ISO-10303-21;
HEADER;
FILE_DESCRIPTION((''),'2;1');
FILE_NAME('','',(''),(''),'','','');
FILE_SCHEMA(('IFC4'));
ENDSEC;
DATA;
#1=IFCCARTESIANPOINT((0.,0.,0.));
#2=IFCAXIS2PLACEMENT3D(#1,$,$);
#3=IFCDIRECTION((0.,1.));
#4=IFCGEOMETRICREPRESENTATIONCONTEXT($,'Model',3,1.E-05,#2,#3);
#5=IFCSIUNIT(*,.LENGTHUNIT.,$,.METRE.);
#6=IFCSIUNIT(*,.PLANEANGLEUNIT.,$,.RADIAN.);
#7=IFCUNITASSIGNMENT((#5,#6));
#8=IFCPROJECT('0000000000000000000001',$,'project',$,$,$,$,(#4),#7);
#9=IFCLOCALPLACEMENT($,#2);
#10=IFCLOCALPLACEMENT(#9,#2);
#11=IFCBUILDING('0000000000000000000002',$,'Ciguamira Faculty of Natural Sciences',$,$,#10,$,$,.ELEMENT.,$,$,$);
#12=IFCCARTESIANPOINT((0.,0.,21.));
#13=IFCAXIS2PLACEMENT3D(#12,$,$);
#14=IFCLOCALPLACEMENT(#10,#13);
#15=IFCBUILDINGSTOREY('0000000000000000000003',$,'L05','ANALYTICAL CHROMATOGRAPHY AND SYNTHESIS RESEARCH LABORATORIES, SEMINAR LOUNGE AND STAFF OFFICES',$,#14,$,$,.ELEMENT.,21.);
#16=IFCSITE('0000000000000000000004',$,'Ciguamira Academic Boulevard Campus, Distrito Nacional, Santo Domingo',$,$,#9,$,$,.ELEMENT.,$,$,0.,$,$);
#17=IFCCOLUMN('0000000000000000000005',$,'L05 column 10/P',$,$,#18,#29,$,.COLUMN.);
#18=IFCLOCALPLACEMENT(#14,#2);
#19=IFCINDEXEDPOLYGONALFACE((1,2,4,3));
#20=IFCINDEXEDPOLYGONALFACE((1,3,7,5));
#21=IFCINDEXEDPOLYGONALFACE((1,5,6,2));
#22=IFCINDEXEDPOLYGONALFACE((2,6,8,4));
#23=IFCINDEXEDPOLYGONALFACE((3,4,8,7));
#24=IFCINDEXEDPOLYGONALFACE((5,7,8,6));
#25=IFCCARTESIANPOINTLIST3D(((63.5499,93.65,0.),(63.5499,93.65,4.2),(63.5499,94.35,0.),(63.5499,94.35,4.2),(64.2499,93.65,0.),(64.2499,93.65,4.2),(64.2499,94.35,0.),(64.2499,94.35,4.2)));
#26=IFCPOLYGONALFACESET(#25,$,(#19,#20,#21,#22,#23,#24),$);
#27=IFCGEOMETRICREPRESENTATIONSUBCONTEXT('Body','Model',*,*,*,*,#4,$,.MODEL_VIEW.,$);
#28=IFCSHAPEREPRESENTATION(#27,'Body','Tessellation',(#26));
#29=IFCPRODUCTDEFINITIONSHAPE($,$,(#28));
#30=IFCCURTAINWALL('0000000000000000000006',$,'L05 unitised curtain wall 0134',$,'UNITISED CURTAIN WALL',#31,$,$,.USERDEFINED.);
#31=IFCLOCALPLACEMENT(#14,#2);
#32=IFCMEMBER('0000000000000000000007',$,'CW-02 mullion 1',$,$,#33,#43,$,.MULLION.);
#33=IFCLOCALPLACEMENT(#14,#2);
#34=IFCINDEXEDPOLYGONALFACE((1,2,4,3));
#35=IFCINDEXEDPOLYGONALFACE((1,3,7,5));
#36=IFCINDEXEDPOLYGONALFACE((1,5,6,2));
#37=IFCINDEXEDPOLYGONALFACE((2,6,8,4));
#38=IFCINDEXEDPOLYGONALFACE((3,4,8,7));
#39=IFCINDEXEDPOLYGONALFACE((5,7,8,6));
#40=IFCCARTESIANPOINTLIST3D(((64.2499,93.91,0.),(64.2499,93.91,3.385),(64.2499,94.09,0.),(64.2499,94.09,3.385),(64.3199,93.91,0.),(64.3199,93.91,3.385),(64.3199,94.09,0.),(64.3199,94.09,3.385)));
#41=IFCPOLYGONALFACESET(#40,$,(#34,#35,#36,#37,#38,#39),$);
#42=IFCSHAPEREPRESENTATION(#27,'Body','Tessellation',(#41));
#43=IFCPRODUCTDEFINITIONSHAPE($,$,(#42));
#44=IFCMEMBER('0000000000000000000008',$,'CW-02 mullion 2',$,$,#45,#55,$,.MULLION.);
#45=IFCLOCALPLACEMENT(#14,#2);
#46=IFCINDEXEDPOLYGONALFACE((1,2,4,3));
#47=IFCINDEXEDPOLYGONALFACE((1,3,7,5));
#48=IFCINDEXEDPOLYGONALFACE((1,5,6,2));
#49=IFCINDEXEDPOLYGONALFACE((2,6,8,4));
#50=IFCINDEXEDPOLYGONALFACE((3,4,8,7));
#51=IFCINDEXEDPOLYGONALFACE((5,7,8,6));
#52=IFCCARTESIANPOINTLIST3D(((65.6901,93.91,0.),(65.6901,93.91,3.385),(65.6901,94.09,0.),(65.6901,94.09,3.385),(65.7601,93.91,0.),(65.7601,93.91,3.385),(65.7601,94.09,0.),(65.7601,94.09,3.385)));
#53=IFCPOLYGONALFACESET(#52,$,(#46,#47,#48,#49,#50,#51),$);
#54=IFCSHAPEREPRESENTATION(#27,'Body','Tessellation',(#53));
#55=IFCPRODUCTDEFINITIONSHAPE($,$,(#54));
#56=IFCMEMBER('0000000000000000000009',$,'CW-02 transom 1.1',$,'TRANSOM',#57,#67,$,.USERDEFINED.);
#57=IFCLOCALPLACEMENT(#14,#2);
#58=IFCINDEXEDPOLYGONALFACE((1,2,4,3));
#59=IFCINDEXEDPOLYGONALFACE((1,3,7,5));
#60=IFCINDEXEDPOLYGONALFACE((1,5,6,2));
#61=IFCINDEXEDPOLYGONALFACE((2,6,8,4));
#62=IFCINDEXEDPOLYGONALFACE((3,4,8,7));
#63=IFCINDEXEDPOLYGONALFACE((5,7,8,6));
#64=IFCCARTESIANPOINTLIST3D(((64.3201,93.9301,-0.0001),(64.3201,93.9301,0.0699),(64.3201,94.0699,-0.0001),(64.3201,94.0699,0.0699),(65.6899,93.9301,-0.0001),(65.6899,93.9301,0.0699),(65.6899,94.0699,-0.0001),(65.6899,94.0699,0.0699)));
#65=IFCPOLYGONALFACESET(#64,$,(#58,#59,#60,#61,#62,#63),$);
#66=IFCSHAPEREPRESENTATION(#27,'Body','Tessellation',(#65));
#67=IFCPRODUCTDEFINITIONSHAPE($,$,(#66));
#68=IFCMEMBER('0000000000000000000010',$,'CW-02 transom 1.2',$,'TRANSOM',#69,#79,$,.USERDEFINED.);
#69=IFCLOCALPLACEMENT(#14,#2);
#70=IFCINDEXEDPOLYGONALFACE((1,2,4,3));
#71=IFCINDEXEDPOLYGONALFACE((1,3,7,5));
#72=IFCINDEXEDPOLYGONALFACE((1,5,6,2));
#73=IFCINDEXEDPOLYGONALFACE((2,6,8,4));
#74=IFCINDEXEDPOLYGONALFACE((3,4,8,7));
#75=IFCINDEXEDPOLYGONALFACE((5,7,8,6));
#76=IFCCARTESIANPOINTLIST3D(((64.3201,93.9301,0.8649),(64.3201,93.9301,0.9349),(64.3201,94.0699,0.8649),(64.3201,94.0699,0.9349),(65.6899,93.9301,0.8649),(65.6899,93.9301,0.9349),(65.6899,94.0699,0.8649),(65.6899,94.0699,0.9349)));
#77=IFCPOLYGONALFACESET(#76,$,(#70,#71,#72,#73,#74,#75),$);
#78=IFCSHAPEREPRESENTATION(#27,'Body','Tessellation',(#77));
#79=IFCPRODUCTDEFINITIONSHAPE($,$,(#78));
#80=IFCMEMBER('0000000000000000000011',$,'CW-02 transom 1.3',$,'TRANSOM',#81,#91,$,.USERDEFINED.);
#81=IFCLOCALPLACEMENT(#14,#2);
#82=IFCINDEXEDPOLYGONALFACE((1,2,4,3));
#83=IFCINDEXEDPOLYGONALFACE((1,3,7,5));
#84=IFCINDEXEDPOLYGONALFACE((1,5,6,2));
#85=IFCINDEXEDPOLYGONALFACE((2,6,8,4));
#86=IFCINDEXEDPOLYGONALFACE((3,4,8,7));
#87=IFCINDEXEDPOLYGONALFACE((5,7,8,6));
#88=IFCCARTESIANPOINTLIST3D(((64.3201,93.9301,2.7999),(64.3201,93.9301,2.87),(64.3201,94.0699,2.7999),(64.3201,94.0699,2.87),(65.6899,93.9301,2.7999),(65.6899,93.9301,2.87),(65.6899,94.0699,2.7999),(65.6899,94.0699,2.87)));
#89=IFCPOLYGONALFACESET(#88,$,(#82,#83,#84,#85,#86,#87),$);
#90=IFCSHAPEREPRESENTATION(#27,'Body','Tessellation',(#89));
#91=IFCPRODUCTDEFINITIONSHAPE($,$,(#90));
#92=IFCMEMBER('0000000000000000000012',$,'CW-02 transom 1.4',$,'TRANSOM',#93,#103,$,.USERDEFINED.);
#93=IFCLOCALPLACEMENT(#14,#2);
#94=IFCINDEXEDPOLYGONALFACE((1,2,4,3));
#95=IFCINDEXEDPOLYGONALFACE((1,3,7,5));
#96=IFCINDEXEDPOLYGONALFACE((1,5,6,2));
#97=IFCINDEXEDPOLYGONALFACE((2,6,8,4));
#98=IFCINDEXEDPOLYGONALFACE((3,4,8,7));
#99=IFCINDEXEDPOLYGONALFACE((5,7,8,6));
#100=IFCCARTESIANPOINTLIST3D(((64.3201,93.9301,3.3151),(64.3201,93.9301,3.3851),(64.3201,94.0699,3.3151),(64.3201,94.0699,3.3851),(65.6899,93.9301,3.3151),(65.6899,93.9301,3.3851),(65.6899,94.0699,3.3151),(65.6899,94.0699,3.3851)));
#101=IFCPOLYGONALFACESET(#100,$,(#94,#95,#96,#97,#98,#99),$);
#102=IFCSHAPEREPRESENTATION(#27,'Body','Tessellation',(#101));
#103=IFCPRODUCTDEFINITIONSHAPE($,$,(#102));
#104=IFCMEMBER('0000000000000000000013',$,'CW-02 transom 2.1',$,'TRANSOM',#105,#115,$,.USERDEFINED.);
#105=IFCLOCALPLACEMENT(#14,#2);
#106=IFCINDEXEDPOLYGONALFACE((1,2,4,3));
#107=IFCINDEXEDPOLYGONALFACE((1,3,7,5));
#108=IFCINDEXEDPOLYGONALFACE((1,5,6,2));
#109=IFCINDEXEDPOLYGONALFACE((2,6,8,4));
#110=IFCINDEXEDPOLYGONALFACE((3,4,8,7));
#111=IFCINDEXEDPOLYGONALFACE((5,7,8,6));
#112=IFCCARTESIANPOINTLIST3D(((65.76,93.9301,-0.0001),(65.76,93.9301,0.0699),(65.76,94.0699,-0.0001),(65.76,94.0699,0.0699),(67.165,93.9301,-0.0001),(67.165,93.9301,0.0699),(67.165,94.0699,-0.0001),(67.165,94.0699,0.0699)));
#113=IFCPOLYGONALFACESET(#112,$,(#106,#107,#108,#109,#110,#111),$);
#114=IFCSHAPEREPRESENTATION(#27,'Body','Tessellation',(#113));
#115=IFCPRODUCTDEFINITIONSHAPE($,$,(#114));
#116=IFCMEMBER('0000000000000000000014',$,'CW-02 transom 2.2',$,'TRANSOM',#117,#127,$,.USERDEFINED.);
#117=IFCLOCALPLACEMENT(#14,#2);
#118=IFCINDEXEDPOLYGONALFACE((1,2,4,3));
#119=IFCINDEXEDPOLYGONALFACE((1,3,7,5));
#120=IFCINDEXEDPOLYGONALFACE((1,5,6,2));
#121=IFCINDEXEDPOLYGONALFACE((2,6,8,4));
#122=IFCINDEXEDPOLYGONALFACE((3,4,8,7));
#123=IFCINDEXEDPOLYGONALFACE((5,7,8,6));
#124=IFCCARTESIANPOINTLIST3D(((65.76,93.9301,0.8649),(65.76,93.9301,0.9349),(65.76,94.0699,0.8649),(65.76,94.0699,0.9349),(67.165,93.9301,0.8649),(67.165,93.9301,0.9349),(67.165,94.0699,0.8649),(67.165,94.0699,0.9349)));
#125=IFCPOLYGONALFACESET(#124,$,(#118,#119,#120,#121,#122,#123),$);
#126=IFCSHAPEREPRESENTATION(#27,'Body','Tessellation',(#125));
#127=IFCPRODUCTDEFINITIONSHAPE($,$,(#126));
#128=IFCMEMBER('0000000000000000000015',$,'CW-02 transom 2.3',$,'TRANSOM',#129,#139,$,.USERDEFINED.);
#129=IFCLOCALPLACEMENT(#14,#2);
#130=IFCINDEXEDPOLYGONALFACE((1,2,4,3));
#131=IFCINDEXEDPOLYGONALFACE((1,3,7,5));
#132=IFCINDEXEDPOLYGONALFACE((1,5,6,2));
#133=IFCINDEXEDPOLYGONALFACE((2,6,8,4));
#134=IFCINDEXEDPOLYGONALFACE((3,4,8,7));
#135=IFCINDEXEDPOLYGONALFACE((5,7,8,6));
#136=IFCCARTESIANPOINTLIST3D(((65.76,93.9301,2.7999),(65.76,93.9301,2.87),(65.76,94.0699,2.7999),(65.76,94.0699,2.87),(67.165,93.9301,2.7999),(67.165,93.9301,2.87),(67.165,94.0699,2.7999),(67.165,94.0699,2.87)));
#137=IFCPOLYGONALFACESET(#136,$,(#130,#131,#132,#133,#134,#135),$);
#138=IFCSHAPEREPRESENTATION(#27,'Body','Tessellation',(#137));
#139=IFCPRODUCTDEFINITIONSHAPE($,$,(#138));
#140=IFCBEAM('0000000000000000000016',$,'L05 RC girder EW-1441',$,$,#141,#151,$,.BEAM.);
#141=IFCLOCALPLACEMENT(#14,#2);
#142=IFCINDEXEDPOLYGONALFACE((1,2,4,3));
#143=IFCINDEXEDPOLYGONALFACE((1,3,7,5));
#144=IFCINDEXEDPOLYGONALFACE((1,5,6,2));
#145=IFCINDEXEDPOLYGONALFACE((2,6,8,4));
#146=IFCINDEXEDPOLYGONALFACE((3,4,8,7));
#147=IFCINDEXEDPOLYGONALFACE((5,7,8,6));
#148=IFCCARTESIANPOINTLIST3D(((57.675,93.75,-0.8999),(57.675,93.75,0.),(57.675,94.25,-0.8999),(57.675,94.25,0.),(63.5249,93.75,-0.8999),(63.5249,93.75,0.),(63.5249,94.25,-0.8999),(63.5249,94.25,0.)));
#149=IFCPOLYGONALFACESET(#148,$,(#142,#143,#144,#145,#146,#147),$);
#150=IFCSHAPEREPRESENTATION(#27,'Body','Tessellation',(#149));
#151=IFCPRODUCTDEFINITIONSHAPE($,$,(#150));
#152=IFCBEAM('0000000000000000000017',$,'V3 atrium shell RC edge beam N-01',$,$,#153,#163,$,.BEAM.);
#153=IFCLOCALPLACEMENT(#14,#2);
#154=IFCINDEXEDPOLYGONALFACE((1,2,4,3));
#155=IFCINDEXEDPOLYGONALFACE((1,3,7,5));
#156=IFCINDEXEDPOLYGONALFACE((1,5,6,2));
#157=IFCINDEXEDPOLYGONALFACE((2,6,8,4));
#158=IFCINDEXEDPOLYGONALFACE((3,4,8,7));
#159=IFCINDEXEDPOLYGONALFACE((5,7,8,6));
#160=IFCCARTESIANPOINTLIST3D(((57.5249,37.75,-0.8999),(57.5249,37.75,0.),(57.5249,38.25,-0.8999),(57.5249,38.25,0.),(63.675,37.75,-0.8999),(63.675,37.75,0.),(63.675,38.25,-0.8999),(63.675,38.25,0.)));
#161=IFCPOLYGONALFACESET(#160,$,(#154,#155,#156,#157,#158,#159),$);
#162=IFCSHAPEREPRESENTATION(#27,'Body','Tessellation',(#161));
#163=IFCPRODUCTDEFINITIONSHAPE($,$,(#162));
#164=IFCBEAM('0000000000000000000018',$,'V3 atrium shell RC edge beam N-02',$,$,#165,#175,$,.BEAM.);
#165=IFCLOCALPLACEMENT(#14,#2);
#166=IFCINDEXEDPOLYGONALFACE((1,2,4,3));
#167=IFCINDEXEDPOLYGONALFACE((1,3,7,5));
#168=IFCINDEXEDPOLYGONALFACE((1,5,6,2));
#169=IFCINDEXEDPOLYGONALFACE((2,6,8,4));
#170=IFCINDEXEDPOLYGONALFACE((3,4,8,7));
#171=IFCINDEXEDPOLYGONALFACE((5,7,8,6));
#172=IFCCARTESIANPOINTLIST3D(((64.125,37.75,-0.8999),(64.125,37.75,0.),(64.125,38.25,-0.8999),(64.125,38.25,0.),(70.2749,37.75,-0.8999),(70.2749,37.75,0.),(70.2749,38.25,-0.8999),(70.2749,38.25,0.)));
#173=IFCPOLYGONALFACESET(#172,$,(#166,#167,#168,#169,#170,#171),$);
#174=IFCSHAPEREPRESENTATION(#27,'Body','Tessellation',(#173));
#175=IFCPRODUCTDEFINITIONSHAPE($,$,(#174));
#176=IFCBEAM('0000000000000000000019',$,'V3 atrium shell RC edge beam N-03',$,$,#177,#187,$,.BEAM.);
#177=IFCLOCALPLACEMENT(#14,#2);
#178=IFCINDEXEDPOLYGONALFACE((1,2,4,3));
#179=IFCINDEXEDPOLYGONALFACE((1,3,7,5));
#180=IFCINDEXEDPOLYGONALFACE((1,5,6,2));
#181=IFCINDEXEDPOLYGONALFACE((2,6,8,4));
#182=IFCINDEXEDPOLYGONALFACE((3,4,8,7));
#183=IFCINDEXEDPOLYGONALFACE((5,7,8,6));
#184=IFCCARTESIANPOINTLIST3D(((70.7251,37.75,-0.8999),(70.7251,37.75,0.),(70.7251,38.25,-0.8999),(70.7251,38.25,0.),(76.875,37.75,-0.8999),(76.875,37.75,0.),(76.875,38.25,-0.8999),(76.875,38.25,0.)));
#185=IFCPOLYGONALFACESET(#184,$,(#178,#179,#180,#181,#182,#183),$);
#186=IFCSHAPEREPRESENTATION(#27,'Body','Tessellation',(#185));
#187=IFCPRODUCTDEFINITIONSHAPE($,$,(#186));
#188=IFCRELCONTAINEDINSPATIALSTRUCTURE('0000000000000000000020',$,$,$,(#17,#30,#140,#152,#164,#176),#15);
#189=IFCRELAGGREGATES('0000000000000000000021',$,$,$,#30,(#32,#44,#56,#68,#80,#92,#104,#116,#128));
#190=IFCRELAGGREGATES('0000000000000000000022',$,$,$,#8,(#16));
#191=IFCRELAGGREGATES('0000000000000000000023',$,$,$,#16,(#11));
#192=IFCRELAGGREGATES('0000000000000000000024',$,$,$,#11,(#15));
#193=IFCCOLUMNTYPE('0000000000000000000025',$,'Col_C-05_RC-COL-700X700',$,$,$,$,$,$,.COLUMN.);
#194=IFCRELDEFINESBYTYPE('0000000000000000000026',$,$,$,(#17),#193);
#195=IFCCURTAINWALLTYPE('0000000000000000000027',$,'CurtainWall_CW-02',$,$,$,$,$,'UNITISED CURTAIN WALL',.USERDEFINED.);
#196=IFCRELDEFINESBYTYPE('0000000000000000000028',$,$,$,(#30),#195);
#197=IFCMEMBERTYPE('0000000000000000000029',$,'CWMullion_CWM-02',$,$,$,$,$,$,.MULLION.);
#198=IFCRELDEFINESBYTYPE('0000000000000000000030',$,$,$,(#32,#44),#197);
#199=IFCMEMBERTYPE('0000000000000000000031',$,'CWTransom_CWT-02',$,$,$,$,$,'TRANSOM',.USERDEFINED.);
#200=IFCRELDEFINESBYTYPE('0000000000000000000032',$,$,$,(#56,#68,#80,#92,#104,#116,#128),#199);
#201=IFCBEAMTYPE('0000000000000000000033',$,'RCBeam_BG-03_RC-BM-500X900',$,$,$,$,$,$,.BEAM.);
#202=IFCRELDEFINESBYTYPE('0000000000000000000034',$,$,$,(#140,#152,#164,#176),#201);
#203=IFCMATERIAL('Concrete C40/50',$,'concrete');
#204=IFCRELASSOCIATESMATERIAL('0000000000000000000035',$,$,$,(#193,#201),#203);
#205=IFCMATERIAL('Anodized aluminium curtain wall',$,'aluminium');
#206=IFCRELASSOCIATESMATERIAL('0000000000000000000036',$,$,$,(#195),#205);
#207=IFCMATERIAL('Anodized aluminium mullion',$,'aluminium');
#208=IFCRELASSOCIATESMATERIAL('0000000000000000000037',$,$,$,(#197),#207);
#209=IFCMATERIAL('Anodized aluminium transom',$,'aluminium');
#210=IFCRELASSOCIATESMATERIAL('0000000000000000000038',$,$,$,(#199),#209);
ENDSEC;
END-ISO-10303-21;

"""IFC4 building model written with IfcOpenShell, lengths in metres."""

from ifc_helpers import new_model, si_unit, direction, frame, origin, origin_2d, place, context, subcontext, project, spatial, rectangle, extrude, material, material_profile, profile_set, type_object, element, aggregate, save


model = new_model("IFC4")

# Units and contexts
model_context = context("Model", 3, precision=1e-05, world=origin(), true_north=direction((0.0, 1.0)))
body_context = subcontext(model_context, "Body", "Model", "MODEL_VIEW")
ifc_project = project(units=[si_unit("LENGTHUNIT", "METRE"), si_unit("PLANEANGLEUNIT", "RADIAN")], contexts=[model_context])

# Site, building, storey
site_placement = place(None, origin())
site = spatial("IfcSite", under=ifc_project, at=site_placement, Name="Ciguamira Academic Boulevard Campus, Distrito Nacional, Santo Domingo", CompositionType="ELEMENT", RefElevation=0.0)
building_placement = place(site_placement, origin())
building = spatial("IfcBuilding", under=site, at=building_placement, Name="Ciguamira Faculty of Natural Sciences", CompositionType="ELEMENT")
storey_placement = place(building_placement, frame((0.0, 0.0, 21.0)))
storey = spatial("IfcBuildingStorey", under=building, at=storey_placement, Name="L05", Description="ANALYTICAL CHROMATOGRAPHY AND SYNTHESIS RESEARCH LABORATORIES, SEMINAR LOUNGE AND STAFF OFFICES", CompositionType="ELEMENT", Elevation=21.0)

# Column
ifc_material_1 = material(Name="Concrete C40/50", Category="concrete")
ifc_material_profile_1 = material_profile(ifc_material_1, rectangle(XDim=0.7, YDim=0.7, at=origin_2d()), Name="RC-COL-700X700")
ifc_profile_set_1 = profile_set([ifc_material_profile_1], Name="Concrete C40/50")
column_type = type_object("IfcColumnType", Name="Col_C-05_RC-COL-700X700", PredefinedType="COLUMN", material=ifc_profile_set_1)
column_placement = place(storey_placement, frame((63.8999, 94.0, 0.0), z_axis=(0.0, 0.0, 1.0), x_axis=(1.0, 0.0, 0.0)))
element("IfcColumn", 1, at=column_placement, inside=storey, type_object=column_type, Name="L05 column 10/P", PredefinedType="COLUMN", context=body_context, shape_type="SweptSolid", body=[
    extrude(rectangle(XDim=0.7, YDim=0.7, at=origin_2d()), origin(), (0.0, 0.0, 1.0), 4.2),
])

# Curtain wall, members
ifc_material_2 = material(Name="Anodized aluminium curtain wall", Category="aluminium")
curtain_wall_type = type_object("IfcCurtainWallType", Name="CurtainWall_CW-02", ElementType="UNITISED CURTAIN WALL", PredefinedType="USERDEFINED", material=ifc_material_2)
curtain_wall_placement = place(storey_placement, origin())
curtain_wall = element("IfcCurtainWall", 2, at=curtain_wall_placement, inside=storey, type_object=curtain_wall_type, Name="L05 unitised curtain wall 0134", ObjectType="UNITISED CURTAIN WALL", PredefinedType="USERDEFINED")
ifc_material_3 = material(Name="Anodized aluminium mullion", Category="aluminium")
ifc_material_profile_2 = material_profile(ifc_material_3, rectangle(XDim=0.0701, YDim=0.1799, at=origin_2d()), Name="ALU-MUL-70X180")
ifc_profile_set_2 = profile_set([ifc_material_profile_2], Name="Anodized aluminium mullion")
member_type_1 = type_object("IfcMemberType", Name="CWMullion_CWM-02", PredefinedType="MULLION", material=ifc_profile_set_2)
member_1_placement = place(storey_placement, frame((64.2849, 94.0, 0.0), z_axis=(0.0, 0.0, 1.0), x_axis=(1.0, 0.0, 0.0)))
member_1 = element("IfcMember", 3, at=member_1_placement, type_object=member_type_1, Name="CW-02 mullion 1", PredefinedType="MULLION", context=body_context, shape_type="SweptSolid", body=[
    extrude(rectangle(XDim=0.0701, YDim=0.1799, at=origin_2d()), origin(), (0.0, 0.0, 1.0), 3.385),
])
member_2_placement = place(storey_placement, frame((65.7251, 94.0, 0.0), z_axis=(0.0, 0.0, 1.0), x_axis=(1.0, 0.0, 0.0)))
member_2 = element("IfcMember", 4, at=member_2_placement, type_object=member_type_1, Name="CW-02 mullion 2", PredefinedType="MULLION", context=body_context, shape_type="SweptSolid", body=[
    extrude(rectangle(XDim=0.0701, YDim=0.1799, at=origin_2d()), origin(), (0.0, 0.0, 1.0), 3.385),
])
ifc_material_4 = material(Name="Anodized aluminium transom", Category="aluminium")
ifc_material_profile_3 = material_profile(ifc_material_4, rectangle(XDim=0.0701, YDim=0.1399, at=origin_2d()), Name="ALU-TRN-70X140")
ifc_profile_set_3 = profile_set([ifc_material_profile_3], Name="Anodized aluminium transom")
member_type_2 = type_object("IfcMemberType", Name="CWTransom_CWT-02", ElementType="TRANSOM", PredefinedType="USERDEFINED", material=ifc_profile_set_3)
member_3_placement = place(storey_placement, frame((64.3201, 94.0, 0.0349), z_axis=(1.0, 0.0, 0.0), x_axis=(0.0, 0.0, 1.0)))
member_3 = element("IfcMember", 5, at=member_3_placement, type_object=member_type_2, Name="CW-02 transom 1.1", ObjectType="TRANSOM", PredefinedType="USERDEFINED", context=body_context, shape_type="SweptSolid", body=[
    extrude(rectangle(XDim=0.0701, YDim=0.1399, at=origin_2d()), origin(), (0.0, 0.0, 1.0), 1.3699),
])
member_4_placement = place(storey_placement, frame((64.3201, 94.0, 0.8999), z_axis=(1.0, 0.0, 0.0), x_axis=(0.0, 0.0, 1.0)))
member_4 = element("IfcMember", 6, at=member_4_placement, type_object=member_type_2, Name="CW-02 transom 1.2", ObjectType="TRANSOM", PredefinedType="USERDEFINED", context=body_context, shape_type="SweptSolid", body=[
    extrude(rectangle(XDim=0.0701, YDim=0.1399, at=origin_2d()), origin(), (0.0, 0.0, 1.0), 1.3699),
])
member_5_placement = place(storey_placement, frame((64.3201, 94.0, 2.835), z_axis=(1.0, 0.0, 0.0), x_axis=(0.0, 0.0, 1.0)))
member_5 = element("IfcMember", 7, at=member_5_placement, type_object=member_type_2, Name="CW-02 transom 1.3", ObjectType="TRANSOM", PredefinedType="USERDEFINED", context=body_context, shape_type="SweptSolid", body=[
    extrude(rectangle(XDim=0.0701, YDim=0.1399, at=origin_2d()), origin(), (0.0, 0.0, 1.0), 1.3699),
])
member_6_placement = place(storey_placement, frame((64.3201, 94.0, 3.3501), z_axis=(1.0, 0.0, 0.0), x_axis=(0.0, 0.0, 1.0)))
member_6 = element("IfcMember", 8, at=member_6_placement, type_object=member_type_2, Name="CW-02 transom 1.4", ObjectType="TRANSOM", PredefinedType="USERDEFINED", context=body_context, shape_type="SweptSolid", body=[
    extrude(rectangle(XDim=0.0701, YDim=0.1399, at=origin_2d()), origin(), (0.0, 0.0, 1.0), 1.3699),
])
member_7_placement = place(storey_placement, frame((65.76, 94.0, 0.0349), z_axis=(1.0, 0.0, 0.0), x_axis=(0.0, 0.0, 1.0)))
member_7 = element("IfcMember", 9, at=member_7_placement, type_object=member_type_2, Name="CW-02 transom 2.1", ObjectType="TRANSOM", PredefinedType="USERDEFINED", context=body_context, shape_type="SweptSolid", body=[
    extrude(rectangle(XDim=0.0701, YDim=0.1399, at=origin_2d()), origin(), (0.0, 0.0, 1.0), 1.405),
])
member_8_placement = place(storey_placement, frame((65.76, 94.0, 0.8999), z_axis=(1.0, 0.0, 0.0), x_axis=(0.0, 0.0, 1.0)))
member_8 = element("IfcMember", 10, at=member_8_placement, type_object=member_type_2, Name="CW-02 transom 2.2", ObjectType="TRANSOM", PredefinedType="USERDEFINED", context=body_context, shape_type="SweptSolid", body=[
    extrude(rectangle(XDim=0.0701, YDim=0.1399, at=origin_2d()), origin(), (0.0, 0.0, 1.0), 1.405),
])
member_9_placement = place(storey_placement, frame((65.76, 94.0, 2.835), z_axis=(1.0, 0.0, 0.0), x_axis=(0.0, 0.0, 1.0)))
member_9 = element("IfcMember", 11, at=member_9_placement, type_object=member_type_2, Name="CW-02 transom 2.3", ObjectType="TRANSOM", PredefinedType="USERDEFINED", context=body_context, shape_type="SweptSolid", body=[
    extrude(rectangle(XDim=0.0701, YDim=0.1399, at=origin_2d()), origin(), (0.0, 0.0, 1.0), 1.405),
])

# Beams
ifc_material_profile_4 = material_profile(ifc_material_1, rectangle(XDim=0.5, YDim=0.8999, at=origin_2d()), Name="RC-BM-500X900")
ifc_profile_set_4 = profile_set([ifc_material_profile_4], Name="Concrete C40/50")
beam_type_1 = type_object("IfcBeamType", Name="RCBeam_BG-03_RC-BM-500X900", PredefinedType="BEAM", material=ifc_profile_set_4)
beam_1_placement = place(storey_placement, frame((57.675, 94.0, -0.45), z_axis=(1.0, 0.0, 0.0), x_axis=(0.0, 1.0, 0.0)))
element("IfcBeam", 12, at=beam_1_placement, inside=storey, type_object=beam_type_1, Name="L05 RC girder EW-1441", PredefinedType="BEAM", context=body_context, shape_type="SweptSolid", body=[
    extrude(rectangle(XDim=0.5, YDim=0.8999, at=origin_2d()), origin(), (0.0, 0.0, 1.0), 5.8499),
])
beam_2_placement = place(storey_placement, frame((57.5249, 38.0, -0.45), z_axis=(1.0, 0.0, 0.0), x_axis=(0.0, 1.0, 0.0)))
element("IfcBeam", 13, at=beam_2_placement, inside=storey, type_object=beam_type_1, Name="V3 atrium shell RC edge beam N-01", PredefinedType="BEAM", context=body_context, shape_type="SweptSolid", body=[
    extrude(rectangle(XDim=0.5, YDim=0.8999, at=origin_2d()), origin(), (0.0, 0.0, 1.0), 6.1501),
])
for number, where, z_axis, x_axis, name in (
    (14, (64.125, 38.0, -0.45), (1.0, 0.0, 0.0), (0.0, 1.0, 0.0), "V3 atrium shell RC edge beam N-02"),
    (15, (70.7251, 38.0, -0.45), (1.0, 0.0, 0.0), (0.0, 1.0, 0.0), "V3 atrium shell RC edge beam N-03"),
):
    element("IfcBeam", number, at=place(storey_placement, frame(where, z_axis=z_axis, x_axis=x_axis)), inside=storey, type_object=beam_type_1, Name=name, PredefinedType="BEAM", context=body_context, shape_type="SweptSolid", body=[
        extrude(rectangle(XDim=0.5, YDim=0.8999, at=origin_2d()), origin(), (0.0, 0.0, 1.0), 6.1499),
    ])

aggregate(curtain_wall, [member_1, member_2, member_3, member_4, member_5, member_6, member_7, member_8, member_9])

save(model, "model.ifc")
